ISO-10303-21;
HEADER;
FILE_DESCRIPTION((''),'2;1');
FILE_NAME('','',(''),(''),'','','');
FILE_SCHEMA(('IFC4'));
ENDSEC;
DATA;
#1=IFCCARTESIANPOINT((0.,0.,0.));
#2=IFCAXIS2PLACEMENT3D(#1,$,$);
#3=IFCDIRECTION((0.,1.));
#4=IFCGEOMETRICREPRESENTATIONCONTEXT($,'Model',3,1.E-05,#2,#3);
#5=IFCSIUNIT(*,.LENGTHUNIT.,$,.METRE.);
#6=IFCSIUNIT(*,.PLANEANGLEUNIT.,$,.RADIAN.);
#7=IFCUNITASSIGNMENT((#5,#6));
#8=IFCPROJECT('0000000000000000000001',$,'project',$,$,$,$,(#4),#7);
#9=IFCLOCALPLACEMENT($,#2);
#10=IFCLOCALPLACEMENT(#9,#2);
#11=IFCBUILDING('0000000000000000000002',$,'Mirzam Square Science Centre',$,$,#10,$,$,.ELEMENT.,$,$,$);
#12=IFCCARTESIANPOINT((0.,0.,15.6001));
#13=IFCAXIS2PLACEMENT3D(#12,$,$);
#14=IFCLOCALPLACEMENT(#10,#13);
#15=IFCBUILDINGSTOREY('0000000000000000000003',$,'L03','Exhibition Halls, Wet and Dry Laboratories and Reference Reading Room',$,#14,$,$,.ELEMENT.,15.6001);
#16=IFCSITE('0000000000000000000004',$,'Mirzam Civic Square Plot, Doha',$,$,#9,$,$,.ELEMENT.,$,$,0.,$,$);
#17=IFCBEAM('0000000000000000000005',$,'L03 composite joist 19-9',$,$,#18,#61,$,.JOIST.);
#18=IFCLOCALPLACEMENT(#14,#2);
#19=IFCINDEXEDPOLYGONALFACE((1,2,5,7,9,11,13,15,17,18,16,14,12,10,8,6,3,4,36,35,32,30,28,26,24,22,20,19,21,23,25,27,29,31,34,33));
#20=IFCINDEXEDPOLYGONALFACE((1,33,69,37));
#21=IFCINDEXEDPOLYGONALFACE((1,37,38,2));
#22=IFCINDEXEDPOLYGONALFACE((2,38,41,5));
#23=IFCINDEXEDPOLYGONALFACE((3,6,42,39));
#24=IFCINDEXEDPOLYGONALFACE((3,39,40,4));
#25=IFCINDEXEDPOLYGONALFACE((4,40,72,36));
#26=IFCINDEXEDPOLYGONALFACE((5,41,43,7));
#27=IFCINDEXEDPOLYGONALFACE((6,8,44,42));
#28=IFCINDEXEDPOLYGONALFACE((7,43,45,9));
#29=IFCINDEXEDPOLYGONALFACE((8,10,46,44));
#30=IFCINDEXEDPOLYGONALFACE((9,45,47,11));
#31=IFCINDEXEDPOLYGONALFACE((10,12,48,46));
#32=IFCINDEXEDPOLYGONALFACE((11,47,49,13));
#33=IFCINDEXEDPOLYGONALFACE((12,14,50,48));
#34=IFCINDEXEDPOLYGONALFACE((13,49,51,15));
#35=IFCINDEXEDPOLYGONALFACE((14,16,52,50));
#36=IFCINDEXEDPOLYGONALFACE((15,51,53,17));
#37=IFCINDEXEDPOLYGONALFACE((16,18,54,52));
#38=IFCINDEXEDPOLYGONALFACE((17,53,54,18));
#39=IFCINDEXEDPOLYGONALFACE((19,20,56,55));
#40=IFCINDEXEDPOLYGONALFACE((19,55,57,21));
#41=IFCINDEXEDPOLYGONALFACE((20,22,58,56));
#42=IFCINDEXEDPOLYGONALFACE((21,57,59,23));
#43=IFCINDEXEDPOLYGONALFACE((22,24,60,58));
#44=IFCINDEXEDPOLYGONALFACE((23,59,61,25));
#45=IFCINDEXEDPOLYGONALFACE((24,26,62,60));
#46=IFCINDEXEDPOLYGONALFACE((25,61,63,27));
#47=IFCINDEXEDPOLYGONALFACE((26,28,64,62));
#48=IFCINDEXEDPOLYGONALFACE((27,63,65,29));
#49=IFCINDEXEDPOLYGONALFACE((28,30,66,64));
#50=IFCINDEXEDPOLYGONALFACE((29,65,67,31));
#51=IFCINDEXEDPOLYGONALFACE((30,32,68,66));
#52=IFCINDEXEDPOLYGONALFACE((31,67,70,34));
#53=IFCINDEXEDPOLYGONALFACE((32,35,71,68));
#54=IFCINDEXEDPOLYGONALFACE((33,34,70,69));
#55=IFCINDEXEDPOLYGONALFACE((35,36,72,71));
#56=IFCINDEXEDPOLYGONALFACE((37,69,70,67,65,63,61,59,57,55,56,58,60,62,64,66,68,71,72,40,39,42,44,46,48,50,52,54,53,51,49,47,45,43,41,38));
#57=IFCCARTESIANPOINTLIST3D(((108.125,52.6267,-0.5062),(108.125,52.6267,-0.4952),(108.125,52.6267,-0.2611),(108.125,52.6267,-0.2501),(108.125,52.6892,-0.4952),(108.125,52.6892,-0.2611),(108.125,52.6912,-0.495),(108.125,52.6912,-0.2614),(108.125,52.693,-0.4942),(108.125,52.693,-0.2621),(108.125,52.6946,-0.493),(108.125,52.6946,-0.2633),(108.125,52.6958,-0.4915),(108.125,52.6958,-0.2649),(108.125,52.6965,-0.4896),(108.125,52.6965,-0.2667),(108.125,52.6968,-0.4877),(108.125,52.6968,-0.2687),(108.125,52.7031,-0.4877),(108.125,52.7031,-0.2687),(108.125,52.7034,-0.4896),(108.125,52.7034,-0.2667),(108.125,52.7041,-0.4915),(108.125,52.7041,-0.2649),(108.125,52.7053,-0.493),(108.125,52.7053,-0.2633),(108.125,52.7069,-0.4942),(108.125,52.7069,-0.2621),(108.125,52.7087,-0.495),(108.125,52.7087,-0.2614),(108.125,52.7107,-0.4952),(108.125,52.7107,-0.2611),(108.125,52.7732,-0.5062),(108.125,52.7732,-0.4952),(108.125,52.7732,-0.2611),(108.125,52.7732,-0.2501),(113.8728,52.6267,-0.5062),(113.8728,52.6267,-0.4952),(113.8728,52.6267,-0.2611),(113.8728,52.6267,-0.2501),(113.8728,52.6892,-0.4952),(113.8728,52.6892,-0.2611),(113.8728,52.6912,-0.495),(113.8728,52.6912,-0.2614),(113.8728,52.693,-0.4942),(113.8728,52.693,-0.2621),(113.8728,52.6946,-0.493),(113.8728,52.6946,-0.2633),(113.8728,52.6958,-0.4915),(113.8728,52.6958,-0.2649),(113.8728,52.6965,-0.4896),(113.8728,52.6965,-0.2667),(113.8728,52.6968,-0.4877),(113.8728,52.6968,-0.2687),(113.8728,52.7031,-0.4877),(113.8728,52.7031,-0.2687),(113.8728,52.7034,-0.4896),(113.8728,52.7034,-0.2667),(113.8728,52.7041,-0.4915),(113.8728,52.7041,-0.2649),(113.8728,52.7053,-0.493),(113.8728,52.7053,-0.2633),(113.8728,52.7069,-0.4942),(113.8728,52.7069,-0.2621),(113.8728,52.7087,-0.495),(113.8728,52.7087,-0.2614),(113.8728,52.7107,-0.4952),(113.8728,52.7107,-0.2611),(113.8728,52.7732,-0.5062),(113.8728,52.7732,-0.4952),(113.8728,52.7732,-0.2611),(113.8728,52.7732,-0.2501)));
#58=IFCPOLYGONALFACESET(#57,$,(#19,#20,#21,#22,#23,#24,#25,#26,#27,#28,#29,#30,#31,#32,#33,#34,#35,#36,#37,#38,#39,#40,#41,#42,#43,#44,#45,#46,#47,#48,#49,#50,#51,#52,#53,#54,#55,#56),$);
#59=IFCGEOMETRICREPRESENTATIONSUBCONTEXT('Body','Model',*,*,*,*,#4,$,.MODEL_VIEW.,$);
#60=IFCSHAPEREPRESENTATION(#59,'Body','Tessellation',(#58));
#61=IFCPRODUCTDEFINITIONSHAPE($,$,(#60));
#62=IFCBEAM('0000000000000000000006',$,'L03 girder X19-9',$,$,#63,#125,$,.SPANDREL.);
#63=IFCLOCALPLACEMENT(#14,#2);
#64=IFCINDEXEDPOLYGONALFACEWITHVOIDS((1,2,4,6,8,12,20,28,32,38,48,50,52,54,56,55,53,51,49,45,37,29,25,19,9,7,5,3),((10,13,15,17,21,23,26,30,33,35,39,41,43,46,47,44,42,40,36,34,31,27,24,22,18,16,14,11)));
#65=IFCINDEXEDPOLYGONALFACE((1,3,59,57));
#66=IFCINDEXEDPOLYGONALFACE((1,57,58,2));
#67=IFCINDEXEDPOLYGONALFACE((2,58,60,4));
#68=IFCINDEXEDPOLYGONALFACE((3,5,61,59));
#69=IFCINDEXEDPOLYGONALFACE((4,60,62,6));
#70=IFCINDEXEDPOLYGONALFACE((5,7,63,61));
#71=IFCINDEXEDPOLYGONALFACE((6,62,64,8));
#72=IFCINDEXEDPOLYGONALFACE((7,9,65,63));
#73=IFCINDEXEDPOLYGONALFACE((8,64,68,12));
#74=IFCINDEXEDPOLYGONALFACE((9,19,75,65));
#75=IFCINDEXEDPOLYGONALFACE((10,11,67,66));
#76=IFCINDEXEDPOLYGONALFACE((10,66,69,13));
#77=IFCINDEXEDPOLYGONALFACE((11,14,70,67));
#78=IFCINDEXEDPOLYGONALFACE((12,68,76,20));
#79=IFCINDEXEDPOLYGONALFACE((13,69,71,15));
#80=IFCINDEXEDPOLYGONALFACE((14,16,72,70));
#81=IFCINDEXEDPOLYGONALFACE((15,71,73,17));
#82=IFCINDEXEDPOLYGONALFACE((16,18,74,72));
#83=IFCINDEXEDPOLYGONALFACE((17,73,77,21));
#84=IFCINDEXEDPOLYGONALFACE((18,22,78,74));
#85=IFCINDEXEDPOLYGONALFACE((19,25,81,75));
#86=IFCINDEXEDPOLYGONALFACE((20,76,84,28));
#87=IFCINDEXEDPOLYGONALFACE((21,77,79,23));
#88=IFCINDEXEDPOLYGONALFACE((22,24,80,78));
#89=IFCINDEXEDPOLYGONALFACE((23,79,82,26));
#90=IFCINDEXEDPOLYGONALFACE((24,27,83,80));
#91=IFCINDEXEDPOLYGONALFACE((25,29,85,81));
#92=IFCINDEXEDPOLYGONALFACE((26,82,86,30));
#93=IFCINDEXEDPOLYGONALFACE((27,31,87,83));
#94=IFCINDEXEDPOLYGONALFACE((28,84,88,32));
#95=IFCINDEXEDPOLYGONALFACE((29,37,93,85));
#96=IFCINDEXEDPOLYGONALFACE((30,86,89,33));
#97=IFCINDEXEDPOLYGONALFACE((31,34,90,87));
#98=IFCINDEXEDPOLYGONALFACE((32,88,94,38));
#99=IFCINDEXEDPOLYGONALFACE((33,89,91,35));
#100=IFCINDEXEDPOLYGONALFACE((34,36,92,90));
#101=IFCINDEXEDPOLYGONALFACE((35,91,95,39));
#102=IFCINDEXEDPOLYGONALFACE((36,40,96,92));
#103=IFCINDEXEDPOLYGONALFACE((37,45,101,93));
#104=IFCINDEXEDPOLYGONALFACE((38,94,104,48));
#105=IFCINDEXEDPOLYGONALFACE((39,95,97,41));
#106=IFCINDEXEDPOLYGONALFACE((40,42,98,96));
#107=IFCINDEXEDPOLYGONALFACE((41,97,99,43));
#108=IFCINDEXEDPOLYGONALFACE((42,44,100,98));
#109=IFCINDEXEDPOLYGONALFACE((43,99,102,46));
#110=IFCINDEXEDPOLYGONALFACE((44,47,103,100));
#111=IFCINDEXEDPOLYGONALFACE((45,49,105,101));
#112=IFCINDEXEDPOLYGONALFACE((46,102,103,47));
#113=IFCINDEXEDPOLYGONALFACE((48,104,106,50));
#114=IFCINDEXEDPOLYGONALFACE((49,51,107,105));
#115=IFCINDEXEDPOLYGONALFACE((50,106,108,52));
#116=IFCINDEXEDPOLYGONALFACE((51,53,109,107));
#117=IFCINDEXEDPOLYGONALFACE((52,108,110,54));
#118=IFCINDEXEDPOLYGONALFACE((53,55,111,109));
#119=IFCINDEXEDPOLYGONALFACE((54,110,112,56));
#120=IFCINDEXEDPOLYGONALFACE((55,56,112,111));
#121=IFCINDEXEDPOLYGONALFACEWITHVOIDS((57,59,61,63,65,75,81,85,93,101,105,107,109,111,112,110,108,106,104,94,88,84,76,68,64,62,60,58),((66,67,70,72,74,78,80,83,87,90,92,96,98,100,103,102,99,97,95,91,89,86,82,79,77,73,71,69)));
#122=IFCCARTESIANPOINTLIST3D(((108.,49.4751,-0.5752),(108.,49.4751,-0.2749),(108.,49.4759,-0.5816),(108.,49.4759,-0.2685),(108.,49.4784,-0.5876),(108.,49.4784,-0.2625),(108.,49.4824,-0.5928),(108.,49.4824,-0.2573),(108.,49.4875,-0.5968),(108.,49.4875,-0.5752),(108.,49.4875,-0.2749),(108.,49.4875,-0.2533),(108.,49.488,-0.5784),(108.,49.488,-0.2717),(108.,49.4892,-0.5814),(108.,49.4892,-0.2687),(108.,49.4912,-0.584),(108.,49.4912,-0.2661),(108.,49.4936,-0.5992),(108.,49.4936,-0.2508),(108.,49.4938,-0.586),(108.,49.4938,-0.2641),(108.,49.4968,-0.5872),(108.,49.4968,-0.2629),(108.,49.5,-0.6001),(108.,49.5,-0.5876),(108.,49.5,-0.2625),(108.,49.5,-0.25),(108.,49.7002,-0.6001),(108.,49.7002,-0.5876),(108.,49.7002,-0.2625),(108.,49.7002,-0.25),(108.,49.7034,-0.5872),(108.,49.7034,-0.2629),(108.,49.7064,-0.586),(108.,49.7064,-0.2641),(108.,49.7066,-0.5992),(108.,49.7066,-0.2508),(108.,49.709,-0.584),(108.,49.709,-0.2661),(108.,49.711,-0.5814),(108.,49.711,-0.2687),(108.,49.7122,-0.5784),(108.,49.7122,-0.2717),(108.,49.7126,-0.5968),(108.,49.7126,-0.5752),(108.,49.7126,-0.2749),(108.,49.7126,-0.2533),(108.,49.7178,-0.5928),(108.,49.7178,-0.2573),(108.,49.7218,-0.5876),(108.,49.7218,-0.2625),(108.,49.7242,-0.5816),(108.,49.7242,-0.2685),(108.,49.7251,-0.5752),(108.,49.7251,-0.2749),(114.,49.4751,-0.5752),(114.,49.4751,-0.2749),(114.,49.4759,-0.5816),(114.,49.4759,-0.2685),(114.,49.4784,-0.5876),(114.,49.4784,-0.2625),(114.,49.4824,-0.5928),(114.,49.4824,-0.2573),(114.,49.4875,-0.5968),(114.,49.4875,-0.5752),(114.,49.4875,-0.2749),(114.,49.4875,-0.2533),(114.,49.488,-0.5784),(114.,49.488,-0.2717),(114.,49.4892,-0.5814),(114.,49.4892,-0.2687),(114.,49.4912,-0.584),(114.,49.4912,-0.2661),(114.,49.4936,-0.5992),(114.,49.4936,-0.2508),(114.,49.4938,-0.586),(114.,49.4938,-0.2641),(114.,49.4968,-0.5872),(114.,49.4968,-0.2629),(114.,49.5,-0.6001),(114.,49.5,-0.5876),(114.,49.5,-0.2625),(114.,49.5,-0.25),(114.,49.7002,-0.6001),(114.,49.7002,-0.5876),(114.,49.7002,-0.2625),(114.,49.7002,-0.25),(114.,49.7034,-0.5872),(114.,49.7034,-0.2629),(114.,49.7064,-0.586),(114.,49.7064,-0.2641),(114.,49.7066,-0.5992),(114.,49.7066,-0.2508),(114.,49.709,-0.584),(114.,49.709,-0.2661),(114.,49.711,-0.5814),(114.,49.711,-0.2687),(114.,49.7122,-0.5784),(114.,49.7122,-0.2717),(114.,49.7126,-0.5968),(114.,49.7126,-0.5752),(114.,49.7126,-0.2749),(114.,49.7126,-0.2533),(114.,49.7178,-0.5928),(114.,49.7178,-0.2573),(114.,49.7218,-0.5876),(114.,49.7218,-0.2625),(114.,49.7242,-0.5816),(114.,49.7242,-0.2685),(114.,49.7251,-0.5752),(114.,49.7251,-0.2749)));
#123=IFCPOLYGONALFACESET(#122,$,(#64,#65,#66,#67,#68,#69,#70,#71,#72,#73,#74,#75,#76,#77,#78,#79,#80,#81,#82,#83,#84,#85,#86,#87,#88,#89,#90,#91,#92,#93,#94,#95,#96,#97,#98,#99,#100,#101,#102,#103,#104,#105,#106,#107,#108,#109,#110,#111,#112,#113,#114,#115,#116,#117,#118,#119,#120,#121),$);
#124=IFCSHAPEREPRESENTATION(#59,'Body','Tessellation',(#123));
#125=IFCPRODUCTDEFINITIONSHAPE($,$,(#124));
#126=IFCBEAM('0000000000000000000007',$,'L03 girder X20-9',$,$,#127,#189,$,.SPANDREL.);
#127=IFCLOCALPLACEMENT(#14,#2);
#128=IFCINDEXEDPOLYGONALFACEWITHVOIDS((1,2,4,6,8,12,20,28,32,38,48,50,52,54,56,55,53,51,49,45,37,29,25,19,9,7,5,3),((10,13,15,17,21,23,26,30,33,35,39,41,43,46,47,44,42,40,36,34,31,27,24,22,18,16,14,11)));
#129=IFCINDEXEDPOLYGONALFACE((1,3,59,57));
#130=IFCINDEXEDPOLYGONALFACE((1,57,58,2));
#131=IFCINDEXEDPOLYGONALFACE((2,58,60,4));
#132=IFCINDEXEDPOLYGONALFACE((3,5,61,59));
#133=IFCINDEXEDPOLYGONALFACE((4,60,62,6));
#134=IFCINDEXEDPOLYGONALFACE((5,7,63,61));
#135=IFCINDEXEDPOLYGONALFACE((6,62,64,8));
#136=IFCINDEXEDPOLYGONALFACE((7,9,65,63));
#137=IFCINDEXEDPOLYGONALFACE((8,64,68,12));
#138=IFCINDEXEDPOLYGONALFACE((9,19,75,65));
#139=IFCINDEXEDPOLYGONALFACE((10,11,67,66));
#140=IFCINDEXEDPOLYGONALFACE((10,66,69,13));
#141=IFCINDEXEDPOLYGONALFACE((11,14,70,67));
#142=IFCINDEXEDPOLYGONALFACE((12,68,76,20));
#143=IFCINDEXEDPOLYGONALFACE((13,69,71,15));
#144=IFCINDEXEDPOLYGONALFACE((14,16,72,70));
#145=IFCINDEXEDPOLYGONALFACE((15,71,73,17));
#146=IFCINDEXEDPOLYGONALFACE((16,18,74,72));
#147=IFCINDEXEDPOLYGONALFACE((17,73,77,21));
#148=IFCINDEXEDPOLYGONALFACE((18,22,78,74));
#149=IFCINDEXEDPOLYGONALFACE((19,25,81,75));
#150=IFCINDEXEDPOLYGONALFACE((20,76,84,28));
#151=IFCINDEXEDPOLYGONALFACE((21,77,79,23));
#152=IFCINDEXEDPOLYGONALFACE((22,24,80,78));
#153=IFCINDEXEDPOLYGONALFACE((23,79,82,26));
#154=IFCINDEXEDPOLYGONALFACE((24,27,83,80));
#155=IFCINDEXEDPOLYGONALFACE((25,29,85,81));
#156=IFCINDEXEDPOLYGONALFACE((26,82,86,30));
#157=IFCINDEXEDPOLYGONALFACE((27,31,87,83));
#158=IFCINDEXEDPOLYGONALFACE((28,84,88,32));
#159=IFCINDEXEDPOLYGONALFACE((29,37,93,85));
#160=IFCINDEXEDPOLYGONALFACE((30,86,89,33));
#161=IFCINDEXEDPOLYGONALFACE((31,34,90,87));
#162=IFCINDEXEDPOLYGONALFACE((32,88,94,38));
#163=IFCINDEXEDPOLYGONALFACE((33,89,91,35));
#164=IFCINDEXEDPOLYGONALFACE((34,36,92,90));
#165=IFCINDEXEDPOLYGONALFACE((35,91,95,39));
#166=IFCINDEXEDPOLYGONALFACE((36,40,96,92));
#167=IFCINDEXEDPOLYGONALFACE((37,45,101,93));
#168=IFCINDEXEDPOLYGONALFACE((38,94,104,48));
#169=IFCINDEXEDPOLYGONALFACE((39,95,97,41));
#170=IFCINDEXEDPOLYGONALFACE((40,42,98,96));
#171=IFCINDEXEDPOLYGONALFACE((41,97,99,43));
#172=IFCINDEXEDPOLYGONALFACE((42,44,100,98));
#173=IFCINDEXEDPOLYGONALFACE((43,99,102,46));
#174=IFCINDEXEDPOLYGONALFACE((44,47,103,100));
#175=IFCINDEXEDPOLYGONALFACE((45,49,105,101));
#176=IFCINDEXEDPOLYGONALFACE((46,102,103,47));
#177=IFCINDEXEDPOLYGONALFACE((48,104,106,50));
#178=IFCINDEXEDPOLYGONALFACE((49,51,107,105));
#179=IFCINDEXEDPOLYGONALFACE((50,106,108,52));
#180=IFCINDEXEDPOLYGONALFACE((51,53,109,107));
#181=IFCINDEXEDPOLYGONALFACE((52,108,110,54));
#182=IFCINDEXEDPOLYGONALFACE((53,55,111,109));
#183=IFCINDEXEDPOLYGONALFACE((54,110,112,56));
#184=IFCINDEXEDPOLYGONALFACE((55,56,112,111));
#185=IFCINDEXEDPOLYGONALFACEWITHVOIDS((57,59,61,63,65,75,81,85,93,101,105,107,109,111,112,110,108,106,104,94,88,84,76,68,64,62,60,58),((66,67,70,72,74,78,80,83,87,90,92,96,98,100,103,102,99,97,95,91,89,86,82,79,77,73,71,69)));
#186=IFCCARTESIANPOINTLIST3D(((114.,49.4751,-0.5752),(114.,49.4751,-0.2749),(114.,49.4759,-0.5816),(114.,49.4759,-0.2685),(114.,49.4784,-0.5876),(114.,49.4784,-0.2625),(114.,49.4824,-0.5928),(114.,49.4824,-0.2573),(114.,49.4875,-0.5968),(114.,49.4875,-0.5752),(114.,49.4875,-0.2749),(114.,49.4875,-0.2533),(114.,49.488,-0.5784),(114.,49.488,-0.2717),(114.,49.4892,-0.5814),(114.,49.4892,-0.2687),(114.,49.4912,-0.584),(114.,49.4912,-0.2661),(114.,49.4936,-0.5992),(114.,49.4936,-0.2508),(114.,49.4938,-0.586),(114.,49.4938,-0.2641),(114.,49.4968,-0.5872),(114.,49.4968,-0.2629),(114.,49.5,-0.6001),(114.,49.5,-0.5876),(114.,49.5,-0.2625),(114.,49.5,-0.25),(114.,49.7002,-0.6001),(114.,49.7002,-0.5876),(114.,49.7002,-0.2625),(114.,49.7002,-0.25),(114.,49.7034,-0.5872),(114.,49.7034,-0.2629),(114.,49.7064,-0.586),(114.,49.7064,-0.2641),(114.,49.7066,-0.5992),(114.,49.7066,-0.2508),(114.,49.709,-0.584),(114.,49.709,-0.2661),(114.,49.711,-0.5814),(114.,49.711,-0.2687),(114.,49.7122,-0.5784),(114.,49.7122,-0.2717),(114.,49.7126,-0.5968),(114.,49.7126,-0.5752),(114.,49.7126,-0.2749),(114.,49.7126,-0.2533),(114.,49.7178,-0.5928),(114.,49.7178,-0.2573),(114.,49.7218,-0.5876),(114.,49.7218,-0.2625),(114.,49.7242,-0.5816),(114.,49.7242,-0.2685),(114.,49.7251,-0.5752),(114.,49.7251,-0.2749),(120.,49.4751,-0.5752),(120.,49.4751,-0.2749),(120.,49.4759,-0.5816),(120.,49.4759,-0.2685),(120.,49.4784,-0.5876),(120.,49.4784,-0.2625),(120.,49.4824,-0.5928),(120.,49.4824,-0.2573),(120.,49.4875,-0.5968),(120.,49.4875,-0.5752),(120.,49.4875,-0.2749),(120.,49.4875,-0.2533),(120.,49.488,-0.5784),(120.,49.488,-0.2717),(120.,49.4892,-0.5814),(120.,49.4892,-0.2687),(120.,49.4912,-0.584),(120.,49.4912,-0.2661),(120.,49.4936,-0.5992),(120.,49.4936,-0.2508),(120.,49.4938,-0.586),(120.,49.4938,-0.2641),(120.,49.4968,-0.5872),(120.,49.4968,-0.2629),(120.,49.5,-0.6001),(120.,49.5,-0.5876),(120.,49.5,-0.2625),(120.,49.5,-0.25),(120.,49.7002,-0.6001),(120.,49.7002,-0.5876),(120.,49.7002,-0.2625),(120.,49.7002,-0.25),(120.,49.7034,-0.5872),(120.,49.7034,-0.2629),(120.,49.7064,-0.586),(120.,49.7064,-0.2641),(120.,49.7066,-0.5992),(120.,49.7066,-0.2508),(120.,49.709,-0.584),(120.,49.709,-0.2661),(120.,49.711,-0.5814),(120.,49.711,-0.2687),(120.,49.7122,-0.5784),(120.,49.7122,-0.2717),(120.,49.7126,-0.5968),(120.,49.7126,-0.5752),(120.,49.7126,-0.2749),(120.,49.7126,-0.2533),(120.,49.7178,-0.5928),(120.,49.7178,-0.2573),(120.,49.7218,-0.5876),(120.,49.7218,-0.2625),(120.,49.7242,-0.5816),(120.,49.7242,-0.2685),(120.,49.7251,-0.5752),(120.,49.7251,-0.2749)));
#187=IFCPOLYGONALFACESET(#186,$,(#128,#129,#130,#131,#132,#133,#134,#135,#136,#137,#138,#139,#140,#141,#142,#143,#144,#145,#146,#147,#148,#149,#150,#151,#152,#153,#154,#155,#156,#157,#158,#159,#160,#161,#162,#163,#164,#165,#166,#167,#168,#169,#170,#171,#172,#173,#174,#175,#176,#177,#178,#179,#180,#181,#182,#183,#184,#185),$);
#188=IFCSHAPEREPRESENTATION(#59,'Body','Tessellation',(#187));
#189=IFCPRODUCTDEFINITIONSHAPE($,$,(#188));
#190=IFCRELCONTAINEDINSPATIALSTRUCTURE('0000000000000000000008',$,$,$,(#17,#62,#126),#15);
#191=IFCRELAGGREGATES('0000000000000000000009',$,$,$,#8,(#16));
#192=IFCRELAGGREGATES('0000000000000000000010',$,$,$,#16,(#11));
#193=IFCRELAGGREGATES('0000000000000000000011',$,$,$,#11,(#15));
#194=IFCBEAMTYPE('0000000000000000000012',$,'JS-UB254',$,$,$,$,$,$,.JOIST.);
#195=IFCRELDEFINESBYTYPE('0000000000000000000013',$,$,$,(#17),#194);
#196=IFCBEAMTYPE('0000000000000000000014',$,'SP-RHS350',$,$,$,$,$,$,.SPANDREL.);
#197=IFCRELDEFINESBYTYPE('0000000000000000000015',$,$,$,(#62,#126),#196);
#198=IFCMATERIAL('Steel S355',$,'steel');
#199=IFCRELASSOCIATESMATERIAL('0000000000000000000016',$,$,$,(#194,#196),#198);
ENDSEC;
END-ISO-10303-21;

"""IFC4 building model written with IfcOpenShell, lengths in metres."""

from ifc_helpers import new_model, si_unit, direction, frame, origin, origin_2d, place, context, subcontext, project, spatial, hollow_rectangle, i_section, extrude, material, material_profile, profile_set, type_object, element, save


model = new_model("IFC4")

# Units and contexts
model_context = context("Model", 3, precision=1e-05, world=origin(), true_north=direction((0.0, 1.0)))
body_context = subcontext(model_context, "Body", "Model", "MODEL_VIEW")
ifc_project = project(units=[si_unit("LENGTHUNIT", "METRE"), si_unit("PLANEANGLEUNIT", "RADIAN")], contexts=[model_context])

# Site, building, storey
site_placement = place(None, origin())
site = spatial("IfcSite", under=ifc_project, at=site_placement, Name="Mirzam Civic Square Plot, Doha", CompositionType="ELEMENT", RefElevation=0.0)
building_placement = place(site_placement, origin())
building = spatial("IfcBuilding", under=site, at=building_placement, Name="Mirzam Square Science Centre", CompositionType="ELEMENT")
storey_placement = place(building_placement, frame((0.0, 0.0, 15.6001)))
storey = spatial("IfcBuildingStorey", under=building, at=storey_placement, Name="L03", Description="Exhibition Halls, Wet and Dry Laboratories and Reference Reading Room", CompositionType="ELEMENT", Elevation=15.6001)

# Shared definitions
ifc_material_1 = material(Name="Steel S355", Category="steel")

# Beams
ifc_material_profile_1 = material_profile(ifc_material_1, i_section(OverallWidth=0.1465, OverallDepth=0.2561, WebThickness=0.0063, FlangeThickness=0.011, FilletRadius=0.0076, at=origin_2d()), Name="254x146x37UB")
ifc_profile_set_1 = profile_set([ifc_material_profile_1], Name="Steel S355")
beam_type_1 = type_object("IfcBeamType", Name="JS-UB254", PredefinedType="JOIST", material=ifc_profile_set_1)
beam_1_placement = place(storey_placement, frame((108.125, 52.7, -0.3782), z_axis=(1.0, 0.0, 0.0), x_axis=(0.0, 1.0, 0.0)))
element("IfcBeam", 1, at=beam_1_placement, inside=storey, type_object=beam_type_1, Name="L03 composite joist 19-9", PredefinedType="JOIST", context=body_context, shape_type="SweptSolid", body=[
    extrude(i_section(OverallWidth=0.1465, OverallDepth=0.2561, WebThickness=0.0063, FlangeThickness=0.011, FilletRadius=0.0076, at=origin_2d()), origin(), (0.0, 0.0, 1.0), 5.7478),
])
ifc_material_profile_2 = material_profile(ifc_material_1, hollow_rectangle(XDim=0.25, YDim=0.3501, WallThickness=0.0125, InnerFilletRadius=0.0125, OuterFilletRadius=0.0249, at=origin_2d()), Name="350x250x12.5RHS")
ifc_profile_set_2 = profile_set([ifc_material_profile_2], Name="Steel S355")
beam_type_2 = type_object("IfcBeamType", Name="SP-RHS350", PredefinedType="SPANDREL", material=ifc_profile_set_2)
for number, where, z_axis, x_axis, name in (
    (2, (108.0, 49.6001, -0.425), (1.0, 0.0, 0.0), (0.0, 1.0, 0.0), "L03 girder X19-9"),
    (3, (114.0, 49.6001, -0.425), (1.0, 0.0, 0.0), (0.0, 1.0, 0.0), "L03 girder X20-9"),
):
    element("IfcBeam", number, at=place(storey_placement, frame(where, z_axis=z_axis, x_axis=x_axis)), inside=storey, type_object=beam_type_2, Name=name, PredefinedType="SPANDREL", context=body_context, shape_type="SweptSolid", body=[
        extrude(hollow_rectangle(XDim=0.25, YDim=0.3501, WallThickness=0.0125, InnerFilletRadius=0.0125, OuterFilletRadius=0.0249, at=origin_2d()), origin(), (0.0, 0.0, 1.0), 6.0),
    ])

save(model, "model.ifc")
